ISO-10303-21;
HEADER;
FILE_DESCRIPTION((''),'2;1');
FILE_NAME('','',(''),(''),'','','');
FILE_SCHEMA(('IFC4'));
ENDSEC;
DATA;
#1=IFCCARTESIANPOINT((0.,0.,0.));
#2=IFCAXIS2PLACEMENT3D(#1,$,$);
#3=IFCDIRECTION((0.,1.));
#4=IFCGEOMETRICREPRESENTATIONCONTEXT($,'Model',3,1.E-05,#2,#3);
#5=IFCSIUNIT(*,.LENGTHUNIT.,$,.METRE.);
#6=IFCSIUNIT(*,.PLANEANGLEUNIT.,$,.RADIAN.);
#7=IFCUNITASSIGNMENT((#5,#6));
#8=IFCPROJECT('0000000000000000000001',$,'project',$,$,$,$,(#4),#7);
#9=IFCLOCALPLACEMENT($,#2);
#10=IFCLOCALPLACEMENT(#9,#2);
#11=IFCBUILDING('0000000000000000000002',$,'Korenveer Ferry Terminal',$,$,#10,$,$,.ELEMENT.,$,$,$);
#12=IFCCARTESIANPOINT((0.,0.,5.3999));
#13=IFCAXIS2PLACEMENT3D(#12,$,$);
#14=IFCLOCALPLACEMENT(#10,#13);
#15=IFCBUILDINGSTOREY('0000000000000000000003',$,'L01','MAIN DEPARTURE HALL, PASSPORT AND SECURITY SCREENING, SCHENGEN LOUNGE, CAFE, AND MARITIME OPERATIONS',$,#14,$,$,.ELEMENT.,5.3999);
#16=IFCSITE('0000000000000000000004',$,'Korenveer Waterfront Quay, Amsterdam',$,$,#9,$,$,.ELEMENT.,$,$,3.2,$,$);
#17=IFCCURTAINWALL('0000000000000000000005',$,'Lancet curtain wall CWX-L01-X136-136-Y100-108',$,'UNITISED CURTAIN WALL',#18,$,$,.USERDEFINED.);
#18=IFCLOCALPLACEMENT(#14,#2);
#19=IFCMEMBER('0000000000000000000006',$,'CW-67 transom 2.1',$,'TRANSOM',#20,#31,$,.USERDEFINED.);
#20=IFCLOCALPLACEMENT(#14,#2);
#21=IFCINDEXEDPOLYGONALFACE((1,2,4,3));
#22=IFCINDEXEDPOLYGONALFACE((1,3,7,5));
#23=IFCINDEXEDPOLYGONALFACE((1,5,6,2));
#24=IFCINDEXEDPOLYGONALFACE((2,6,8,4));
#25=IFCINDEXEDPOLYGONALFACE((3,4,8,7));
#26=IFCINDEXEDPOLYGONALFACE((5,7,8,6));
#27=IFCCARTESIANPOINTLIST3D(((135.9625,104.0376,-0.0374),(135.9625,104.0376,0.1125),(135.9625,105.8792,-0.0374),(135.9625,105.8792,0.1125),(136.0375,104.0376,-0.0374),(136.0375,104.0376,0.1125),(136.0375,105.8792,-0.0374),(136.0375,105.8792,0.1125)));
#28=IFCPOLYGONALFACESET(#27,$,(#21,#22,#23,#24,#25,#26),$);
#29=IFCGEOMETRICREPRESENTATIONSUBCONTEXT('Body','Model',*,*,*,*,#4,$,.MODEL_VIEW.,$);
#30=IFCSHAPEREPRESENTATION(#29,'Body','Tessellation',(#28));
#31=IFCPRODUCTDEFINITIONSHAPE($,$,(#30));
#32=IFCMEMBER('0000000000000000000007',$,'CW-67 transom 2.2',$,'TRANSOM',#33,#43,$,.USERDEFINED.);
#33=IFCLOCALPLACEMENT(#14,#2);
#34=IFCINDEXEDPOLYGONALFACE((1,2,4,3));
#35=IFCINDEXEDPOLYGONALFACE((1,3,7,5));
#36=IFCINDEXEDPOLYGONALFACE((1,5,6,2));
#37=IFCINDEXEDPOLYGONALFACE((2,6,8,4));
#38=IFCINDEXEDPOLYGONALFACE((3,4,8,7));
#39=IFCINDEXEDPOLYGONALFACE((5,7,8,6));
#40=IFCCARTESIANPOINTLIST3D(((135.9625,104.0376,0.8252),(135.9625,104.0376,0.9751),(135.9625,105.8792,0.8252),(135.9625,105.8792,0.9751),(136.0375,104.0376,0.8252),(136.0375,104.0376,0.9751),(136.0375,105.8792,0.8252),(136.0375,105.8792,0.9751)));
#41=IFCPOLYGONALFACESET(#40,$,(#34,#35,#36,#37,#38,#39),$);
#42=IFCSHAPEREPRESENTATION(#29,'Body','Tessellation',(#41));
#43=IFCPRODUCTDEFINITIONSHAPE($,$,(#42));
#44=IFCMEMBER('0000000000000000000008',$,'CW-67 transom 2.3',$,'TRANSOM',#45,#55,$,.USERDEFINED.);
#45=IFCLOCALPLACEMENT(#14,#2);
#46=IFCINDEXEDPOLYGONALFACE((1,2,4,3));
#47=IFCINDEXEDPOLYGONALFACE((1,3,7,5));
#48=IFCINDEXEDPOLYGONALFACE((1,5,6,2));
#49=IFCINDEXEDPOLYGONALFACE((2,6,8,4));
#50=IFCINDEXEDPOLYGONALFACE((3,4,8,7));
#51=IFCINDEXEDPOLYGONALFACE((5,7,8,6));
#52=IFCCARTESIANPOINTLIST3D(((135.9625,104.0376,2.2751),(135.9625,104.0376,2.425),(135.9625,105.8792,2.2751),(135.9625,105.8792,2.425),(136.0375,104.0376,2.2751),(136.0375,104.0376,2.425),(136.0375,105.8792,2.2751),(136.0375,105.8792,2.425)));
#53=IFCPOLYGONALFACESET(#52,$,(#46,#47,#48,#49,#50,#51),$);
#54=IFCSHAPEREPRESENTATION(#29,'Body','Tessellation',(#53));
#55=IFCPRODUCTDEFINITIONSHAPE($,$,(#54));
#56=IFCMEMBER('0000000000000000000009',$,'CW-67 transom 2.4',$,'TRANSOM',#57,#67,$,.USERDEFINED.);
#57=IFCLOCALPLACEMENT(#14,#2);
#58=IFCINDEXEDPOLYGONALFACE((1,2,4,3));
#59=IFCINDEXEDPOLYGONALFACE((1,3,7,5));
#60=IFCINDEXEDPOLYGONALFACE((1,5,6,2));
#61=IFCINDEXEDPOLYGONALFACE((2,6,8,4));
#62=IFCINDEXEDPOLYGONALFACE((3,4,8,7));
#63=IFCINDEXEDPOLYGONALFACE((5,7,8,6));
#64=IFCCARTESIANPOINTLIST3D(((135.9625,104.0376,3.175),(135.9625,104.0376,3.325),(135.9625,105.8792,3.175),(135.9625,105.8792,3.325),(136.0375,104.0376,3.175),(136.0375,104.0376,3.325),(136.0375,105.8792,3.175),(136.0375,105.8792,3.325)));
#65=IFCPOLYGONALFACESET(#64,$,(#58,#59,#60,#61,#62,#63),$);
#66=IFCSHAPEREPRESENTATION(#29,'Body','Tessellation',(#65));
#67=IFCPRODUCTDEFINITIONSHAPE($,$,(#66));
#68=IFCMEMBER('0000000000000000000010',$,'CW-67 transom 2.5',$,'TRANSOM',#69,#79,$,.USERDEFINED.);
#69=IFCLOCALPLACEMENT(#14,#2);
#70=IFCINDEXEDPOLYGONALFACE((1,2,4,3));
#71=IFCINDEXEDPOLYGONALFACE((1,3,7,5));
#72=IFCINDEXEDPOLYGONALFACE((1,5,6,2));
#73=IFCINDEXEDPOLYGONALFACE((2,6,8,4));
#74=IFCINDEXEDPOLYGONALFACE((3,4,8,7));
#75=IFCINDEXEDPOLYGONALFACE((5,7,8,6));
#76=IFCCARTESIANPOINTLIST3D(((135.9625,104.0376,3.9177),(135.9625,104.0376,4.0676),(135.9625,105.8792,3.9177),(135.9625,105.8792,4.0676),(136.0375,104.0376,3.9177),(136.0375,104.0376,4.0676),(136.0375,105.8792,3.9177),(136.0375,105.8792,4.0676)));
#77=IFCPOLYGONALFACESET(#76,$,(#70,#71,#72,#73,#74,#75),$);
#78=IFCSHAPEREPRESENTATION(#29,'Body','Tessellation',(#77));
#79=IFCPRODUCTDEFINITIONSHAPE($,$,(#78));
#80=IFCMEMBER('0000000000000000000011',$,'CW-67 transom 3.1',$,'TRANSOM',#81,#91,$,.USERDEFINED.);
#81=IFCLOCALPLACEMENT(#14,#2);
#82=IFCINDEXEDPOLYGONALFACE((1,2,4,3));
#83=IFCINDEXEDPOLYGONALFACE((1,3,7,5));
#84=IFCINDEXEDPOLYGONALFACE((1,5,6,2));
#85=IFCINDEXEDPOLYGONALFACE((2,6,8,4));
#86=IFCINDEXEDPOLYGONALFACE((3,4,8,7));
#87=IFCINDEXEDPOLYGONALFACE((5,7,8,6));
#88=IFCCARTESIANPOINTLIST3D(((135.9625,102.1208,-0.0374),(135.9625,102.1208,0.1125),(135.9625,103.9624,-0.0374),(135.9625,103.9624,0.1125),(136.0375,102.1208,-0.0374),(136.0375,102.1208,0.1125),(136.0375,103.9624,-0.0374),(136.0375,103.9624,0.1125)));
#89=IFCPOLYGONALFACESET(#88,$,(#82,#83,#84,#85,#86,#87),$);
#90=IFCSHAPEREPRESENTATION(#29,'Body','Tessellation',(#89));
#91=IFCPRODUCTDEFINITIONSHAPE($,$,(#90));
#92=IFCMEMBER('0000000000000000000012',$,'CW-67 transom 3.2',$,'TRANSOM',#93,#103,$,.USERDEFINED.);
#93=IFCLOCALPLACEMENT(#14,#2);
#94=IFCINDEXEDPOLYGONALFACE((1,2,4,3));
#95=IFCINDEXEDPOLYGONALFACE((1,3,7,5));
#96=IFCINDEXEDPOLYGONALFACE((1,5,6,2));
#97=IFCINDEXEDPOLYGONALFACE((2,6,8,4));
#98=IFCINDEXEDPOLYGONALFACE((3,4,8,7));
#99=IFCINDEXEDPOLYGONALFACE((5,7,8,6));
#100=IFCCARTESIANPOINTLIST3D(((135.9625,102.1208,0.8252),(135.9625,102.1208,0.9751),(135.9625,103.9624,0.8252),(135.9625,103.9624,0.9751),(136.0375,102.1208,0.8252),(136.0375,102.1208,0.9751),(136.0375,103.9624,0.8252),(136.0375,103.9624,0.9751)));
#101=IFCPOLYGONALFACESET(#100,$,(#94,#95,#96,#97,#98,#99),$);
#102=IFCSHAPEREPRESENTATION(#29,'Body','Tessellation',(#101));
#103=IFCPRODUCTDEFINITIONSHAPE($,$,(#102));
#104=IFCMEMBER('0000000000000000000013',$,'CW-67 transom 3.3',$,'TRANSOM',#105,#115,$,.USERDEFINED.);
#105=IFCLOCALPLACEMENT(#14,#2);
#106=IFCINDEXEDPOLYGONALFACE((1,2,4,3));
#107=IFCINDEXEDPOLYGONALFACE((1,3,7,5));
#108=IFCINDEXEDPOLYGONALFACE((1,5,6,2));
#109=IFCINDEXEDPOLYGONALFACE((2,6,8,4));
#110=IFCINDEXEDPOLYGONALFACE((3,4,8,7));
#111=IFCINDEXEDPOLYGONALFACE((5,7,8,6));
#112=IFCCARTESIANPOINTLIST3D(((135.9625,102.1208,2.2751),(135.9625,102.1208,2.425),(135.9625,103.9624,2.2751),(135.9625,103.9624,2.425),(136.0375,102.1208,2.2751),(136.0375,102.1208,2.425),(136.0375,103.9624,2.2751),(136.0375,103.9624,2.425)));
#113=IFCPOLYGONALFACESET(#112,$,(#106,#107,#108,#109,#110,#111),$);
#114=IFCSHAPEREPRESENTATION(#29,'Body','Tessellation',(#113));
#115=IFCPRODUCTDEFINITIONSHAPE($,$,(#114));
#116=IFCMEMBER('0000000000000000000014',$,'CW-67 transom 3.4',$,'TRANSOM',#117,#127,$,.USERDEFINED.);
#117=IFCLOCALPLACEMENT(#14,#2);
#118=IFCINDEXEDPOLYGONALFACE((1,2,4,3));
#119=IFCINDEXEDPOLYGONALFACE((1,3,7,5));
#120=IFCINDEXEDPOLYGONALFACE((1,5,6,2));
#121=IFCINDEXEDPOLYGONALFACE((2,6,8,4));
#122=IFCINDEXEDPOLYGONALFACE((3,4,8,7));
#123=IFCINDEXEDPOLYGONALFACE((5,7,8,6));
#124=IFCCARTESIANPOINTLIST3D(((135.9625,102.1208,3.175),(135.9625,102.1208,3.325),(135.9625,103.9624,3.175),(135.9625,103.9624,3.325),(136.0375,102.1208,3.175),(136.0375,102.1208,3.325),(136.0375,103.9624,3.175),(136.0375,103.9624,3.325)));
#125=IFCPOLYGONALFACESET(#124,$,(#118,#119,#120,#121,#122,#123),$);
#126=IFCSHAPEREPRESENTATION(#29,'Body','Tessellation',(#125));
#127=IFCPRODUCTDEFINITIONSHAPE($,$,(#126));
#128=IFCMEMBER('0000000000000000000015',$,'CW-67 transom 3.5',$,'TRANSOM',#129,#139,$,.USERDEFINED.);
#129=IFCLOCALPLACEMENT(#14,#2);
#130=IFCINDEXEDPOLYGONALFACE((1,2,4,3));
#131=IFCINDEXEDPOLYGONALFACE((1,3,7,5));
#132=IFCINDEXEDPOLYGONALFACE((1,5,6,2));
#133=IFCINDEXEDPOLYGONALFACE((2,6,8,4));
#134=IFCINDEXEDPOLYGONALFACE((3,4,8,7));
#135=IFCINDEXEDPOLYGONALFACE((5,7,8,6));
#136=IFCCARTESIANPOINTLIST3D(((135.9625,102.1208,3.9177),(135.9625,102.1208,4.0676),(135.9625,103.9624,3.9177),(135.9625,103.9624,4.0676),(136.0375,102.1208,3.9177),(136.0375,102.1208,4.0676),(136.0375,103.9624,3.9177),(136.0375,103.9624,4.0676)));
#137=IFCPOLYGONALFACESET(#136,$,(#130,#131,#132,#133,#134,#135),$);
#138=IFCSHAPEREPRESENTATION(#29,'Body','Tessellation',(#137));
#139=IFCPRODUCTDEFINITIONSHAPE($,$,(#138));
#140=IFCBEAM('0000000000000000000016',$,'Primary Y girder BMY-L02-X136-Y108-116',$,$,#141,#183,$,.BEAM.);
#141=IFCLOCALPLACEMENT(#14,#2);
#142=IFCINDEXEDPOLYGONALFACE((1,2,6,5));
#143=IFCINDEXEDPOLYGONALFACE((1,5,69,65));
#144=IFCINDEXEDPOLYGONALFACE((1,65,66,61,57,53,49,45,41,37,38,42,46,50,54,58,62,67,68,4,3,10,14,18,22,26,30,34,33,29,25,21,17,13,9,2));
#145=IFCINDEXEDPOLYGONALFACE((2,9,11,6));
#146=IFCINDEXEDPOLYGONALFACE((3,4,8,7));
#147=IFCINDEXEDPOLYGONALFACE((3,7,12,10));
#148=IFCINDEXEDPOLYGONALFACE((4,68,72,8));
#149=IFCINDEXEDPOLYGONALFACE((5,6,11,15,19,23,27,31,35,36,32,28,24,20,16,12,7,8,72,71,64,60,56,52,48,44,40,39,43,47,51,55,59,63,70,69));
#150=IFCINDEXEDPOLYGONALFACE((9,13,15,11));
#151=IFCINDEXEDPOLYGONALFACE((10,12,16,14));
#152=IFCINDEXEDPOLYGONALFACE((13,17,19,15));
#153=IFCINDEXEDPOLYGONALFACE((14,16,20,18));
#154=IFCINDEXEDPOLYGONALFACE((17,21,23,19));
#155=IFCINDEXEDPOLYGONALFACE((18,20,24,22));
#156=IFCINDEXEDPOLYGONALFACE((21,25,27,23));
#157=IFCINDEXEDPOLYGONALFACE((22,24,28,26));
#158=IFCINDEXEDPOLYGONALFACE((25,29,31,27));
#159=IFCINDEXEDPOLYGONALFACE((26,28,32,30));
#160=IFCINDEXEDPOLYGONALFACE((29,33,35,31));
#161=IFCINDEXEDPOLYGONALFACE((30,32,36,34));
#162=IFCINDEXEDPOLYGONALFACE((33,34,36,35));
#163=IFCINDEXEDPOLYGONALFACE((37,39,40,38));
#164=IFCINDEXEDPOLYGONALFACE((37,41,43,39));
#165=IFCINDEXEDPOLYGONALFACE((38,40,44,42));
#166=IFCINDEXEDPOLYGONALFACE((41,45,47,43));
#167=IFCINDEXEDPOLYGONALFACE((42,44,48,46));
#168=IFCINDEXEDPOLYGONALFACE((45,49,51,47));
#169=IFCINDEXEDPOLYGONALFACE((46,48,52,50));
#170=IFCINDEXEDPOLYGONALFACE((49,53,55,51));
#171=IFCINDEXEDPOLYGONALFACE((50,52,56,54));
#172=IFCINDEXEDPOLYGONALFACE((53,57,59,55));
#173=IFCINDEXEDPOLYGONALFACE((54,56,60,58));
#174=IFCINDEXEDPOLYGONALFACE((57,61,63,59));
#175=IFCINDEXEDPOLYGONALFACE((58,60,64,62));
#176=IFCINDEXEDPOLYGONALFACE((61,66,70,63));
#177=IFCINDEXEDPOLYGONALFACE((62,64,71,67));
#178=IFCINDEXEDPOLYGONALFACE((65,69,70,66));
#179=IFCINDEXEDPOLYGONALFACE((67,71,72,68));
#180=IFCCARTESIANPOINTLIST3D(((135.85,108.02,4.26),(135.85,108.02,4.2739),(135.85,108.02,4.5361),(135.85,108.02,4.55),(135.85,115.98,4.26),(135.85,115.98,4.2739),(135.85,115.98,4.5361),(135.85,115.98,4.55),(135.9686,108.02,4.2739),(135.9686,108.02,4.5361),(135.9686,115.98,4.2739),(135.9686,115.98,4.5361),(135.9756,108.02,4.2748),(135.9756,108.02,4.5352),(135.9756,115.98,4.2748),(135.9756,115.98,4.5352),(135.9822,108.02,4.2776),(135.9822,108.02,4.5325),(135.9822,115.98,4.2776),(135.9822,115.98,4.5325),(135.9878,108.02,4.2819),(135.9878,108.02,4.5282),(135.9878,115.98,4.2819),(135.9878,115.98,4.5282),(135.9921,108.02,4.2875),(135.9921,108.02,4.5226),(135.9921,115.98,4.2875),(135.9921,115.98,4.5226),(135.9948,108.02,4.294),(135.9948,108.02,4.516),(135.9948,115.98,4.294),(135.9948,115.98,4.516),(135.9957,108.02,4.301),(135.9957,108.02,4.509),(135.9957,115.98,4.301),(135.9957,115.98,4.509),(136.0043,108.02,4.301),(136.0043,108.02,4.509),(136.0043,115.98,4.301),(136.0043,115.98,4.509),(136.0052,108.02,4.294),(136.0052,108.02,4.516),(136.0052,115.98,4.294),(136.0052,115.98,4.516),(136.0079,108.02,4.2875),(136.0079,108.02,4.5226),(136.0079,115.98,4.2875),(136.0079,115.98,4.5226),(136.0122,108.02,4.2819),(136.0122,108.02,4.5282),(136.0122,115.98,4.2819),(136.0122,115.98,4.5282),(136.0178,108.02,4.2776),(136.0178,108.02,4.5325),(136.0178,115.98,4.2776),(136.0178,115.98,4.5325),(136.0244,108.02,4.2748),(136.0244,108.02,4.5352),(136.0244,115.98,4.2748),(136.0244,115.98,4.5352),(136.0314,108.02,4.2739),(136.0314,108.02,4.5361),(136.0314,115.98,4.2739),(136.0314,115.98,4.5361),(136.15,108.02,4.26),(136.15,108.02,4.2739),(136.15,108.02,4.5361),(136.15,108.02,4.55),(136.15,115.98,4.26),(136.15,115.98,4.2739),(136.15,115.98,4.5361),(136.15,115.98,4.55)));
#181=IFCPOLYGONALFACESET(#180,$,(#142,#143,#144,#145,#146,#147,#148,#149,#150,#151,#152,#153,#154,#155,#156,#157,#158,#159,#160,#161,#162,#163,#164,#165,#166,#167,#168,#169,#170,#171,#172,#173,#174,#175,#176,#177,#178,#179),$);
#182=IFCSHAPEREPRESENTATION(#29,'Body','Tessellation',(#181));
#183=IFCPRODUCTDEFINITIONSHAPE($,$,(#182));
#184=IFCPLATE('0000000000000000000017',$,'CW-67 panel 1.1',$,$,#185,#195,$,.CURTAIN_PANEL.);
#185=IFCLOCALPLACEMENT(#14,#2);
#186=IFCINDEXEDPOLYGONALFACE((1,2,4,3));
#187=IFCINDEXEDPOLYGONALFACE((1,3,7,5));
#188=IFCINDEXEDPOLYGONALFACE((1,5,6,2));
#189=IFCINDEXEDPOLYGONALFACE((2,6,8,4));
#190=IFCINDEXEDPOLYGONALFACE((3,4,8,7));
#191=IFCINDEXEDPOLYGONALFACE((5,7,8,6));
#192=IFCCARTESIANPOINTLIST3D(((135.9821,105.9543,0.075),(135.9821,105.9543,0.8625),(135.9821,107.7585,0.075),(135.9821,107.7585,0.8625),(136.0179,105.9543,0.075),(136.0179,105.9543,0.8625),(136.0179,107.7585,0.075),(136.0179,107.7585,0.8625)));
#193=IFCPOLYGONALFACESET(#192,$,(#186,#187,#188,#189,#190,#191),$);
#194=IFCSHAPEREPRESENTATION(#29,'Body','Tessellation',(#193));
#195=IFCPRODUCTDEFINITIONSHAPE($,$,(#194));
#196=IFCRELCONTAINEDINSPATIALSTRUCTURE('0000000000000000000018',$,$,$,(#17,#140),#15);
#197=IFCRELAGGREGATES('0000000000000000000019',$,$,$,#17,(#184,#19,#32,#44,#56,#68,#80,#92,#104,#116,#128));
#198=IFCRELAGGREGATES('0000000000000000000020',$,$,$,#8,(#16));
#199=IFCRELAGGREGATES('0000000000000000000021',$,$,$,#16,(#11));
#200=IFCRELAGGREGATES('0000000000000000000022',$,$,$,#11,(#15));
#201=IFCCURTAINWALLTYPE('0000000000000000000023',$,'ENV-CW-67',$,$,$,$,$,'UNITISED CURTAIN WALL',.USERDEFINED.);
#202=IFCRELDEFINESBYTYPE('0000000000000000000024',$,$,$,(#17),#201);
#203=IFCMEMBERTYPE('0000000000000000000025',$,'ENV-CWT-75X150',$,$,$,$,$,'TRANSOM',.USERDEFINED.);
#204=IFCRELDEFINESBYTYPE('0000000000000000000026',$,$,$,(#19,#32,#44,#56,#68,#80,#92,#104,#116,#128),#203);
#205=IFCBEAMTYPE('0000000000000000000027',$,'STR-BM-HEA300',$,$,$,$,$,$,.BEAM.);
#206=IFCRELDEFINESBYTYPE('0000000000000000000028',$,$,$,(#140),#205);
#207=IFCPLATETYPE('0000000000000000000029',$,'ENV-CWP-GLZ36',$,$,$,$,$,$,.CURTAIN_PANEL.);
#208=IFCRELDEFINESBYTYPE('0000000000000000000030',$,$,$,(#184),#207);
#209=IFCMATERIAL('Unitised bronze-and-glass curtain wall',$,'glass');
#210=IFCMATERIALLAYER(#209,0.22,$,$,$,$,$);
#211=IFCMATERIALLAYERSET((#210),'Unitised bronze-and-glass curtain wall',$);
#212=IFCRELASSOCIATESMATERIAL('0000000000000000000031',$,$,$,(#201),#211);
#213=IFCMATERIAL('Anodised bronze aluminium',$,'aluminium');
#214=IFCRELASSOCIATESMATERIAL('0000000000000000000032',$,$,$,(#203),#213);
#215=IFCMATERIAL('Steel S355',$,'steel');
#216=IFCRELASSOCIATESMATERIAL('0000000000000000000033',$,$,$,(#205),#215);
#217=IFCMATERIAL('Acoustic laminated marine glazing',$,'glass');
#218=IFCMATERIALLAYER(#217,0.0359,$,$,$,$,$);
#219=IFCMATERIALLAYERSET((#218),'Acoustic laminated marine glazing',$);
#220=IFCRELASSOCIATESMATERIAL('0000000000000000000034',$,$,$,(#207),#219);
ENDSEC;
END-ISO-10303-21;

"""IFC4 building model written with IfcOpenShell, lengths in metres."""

from ifc_helpers import new_model, si_unit, direction, frame, origin, origin_2d, place, context, subcontext, project, spatial, rectangle, i_section, extrude, material, layer, layer_set, material_profile, profile_set, type_object, element, aggregate, save


model = new_model("IFC4")

# Units and contexts
model_context = context("Model", 3, precision=1e-05, world=origin(), true_north=direction((0.0, 1.0)))
body_context = subcontext(model_context, "Body", "Model", "MODEL_VIEW")
ifc_project = project(units=[si_unit("LENGTHUNIT", "METRE"), si_unit("PLANEANGLEUNIT", "RADIAN")], contexts=[model_context])

# Site, building, storey
site_placement = place(None, origin())
site = spatial("IfcSite", under=ifc_project, at=site_placement, Name="Korenveer Waterfront Quay, Amsterdam", CompositionType="ELEMENT", RefElevation=3.2)
building_placement = place(site_placement, origin())
building = spatial("IfcBuilding", under=site, at=building_placement, Name="Korenveer Ferry Terminal", CompositionType="ELEMENT")
storey_placement = place(building_placement, frame((0.0, 0.0, 5.3999)))
storey = spatial("IfcBuildingStorey", under=building, at=storey_placement, Name="L01", Description="MAIN DEPARTURE HALL, PASSPORT AND SECURITY SCREENING, SCHENGEN LOUNGE, CAFE, AND MARITIME OPERATIONS", CompositionType="ELEMENT", Elevation=5.3999)

# Shared definitions
ifc_material_1 = material(Name="Steel S355", Category="steel")

# Curtain wall
ifc_material_2 = material(Name="Unitised bronze-and-glass curtain wall", Category="glass")
ifc_layer_1 = layer(ifc_material_2, 0.22)
ifc_layer_set_1 = layer_set([ifc_layer_1], Name="Unitised bronze-and-glass curtain wall")
curtain_wall_type_1 = type_object("IfcCurtainWallType", Name="ENV-CW-67", ElementType="UNITISED CURTAIN WALL", PredefinedType="USERDEFINED", material=ifc_layer_set_1)
curtain_wall_1_placement = place(storey_placement, frame((136.0, 107.8335, 0.0)))
curtain_wall_1 = element("IfcCurtainWall", 1, at=curtain_wall_1_placement, inside=storey, type_object=curtain_wall_type_1, Name="Lancet curtain wall CWX-L01-X136-136-Y100-108", ObjectType="UNITISED CURTAIN WALL", PredefinedType="USERDEFINED")
ifc_material_3 = material(Name="Anodised bronze aluminium", Category="aluminium")

# Shared definitions
ifc_material_profile_1 = material_profile(ifc_material_3, rectangle(XDim=0.075, YDim=0.1499, at=origin_2d()), Name="ALU 75x150")
ifc_profile_set_1 = profile_set([ifc_material_profile_1], Name="Anodised bronze aluminium")
member_type_1 = type_object("IfcMemberType", Name="ENV-CWT-75X150", ElementType="TRANSOM", PredefinedType="USERDEFINED", material=ifc_profile_set_1)

# Members
member_1_placement = place(storey_placement, frame((136.0, 105.8792, 0.0376), z_axis=(0.0, -1.0, 0.0), x_axis=(1.0, 0.0, 0.0)))
member_1 = element("IfcMember", 2, at=member_1_placement, type_object=member_type_1, Name="CW-67 transom 2.1", ObjectType="TRANSOM", PredefinedType="USERDEFINED", context=body_context, shape_type="SweptSolid", body=[
    extrude(rectangle(XDim=0.075, YDim=0.1499, at=origin_2d()), origin(), (0.0, 0.0, 1.0), 1.8416),
])
member_2_placement = place(storey_placement, frame((136.0, 105.8792, 0.9001), z_axis=(0.0, -1.0, 0.0), x_axis=(1.0, 0.0, 0.0)))
member_2 = element("IfcMember", 3, at=member_2_placement, type_object=member_type_1, Name="CW-67 transom 2.2", ObjectType="TRANSOM", PredefinedType="USERDEFINED", context=body_context, shape_type="SweptSolid", body=[
    extrude(rectangle(XDim=0.075, YDim=0.1499, at=origin_2d()), origin(), (0.0, 0.0, 1.0), 1.8416),
])
member_3_placement = place(storey_placement, frame((136.0, 105.8792, 2.3501), z_axis=(0.0, -1.0, 0.0), x_axis=(1.0, 0.0, 0.0)))
member_3 = element("IfcMember", 4, at=member_3_placement, type_object=member_type_1, Name="CW-67 transom 2.3", ObjectType="TRANSOM", PredefinedType="USERDEFINED", context=body_context, shape_type="SweptSolid", body=[
    extrude(rectangle(XDim=0.075, YDim=0.1499, at=origin_2d()), origin(), (0.0, 0.0, 1.0), 1.8416),
])
member_4_placement = place(storey_placement, frame((136.0, 105.8792, 3.25), z_axis=(0.0, -1.0, 0.0), x_axis=(1.0, 0.0, 0.0)))
member_4 = element("IfcMember", 5, at=member_4_placement, type_object=member_type_1, Name="CW-67 transom 2.4", ObjectType="TRANSOM", PredefinedType="USERDEFINED", context=body_context, shape_type="SweptSolid", body=[
    extrude(rectangle(XDim=0.075, YDim=0.1499, at=origin_2d()), origin(), (0.0, 0.0, 1.0), 1.8416),
])
member_5_placement = place(storey_placement, frame((136.0, 105.8792, 3.9927), z_axis=(0.0, -1.0, 0.0), x_axis=(1.0, 0.0, 0.0)))
member_5 = element("IfcMember", 6, at=member_5_placement, type_object=member_type_1, Name="CW-67 transom 2.5", ObjectType="TRANSOM", PredefinedType="USERDEFINED", context=body_context, shape_type="SweptSolid", body=[
    extrude(rectangle(XDim=0.075, YDim=0.1499, at=origin_2d()), origin(), (0.0, 0.0, 1.0), 1.8416),
])
member_6_placement = place(storey_placement, frame((136.0, 103.9624, 0.0376), z_axis=(0.0, -1.0, 0.0), x_axis=(1.0, 0.0, 0.0)))
member_6 = element("IfcMember", 7, at=member_6_placement, type_object=member_type_1, Name="CW-67 transom 3.1", ObjectType="TRANSOM", PredefinedType="USERDEFINED", context=body_context, shape_type="SweptSolid", body=[
    extrude(rectangle(XDim=0.075, YDim=0.1499, at=origin_2d()), origin(), (0.0, 0.0, 1.0), 1.8416),
])
member_7_placement = place(storey_placement, frame((136.0, 103.9624, 0.9001), z_axis=(0.0, -1.0, 0.0), x_axis=(1.0, 0.0, 0.0)))
member_7 = element("IfcMember", 8, at=member_7_placement, type_object=member_type_1, Name="CW-67 transom 3.2", ObjectType="TRANSOM", PredefinedType="USERDEFINED", context=body_context, shape_type="SweptSolid", body=[
    extrude(rectangle(XDim=0.075, YDim=0.1499, at=origin_2d()), origin(), (0.0, 0.0, 1.0), 1.8416),
])
member_8_placement = place(storey_placement, frame((136.0, 103.9624, 2.3501), z_axis=(0.0, -1.0, 0.0), x_axis=(1.0, 0.0, 0.0)))
member_8 = element("IfcMember", 9, at=member_8_placement, type_object=member_type_1, Name="CW-67 transom 3.3", ObjectType="TRANSOM", PredefinedType="USERDEFINED", context=body_context, shape_type="SweptSolid", body=[
    extrude(rectangle(XDim=0.075, YDim=0.1499, at=origin_2d()), origin(), (0.0, 0.0, 1.0), 1.8416),
])
member_9_placement = place(storey_placement, frame((136.0, 103.9624, 3.25), z_axis=(0.0, -1.0, 0.0), x_axis=(1.0, 0.0, 0.0)))
member_9 = element("IfcMember", 10, at=member_9_placement, type_object=member_type_1, Name="CW-67 transom 3.4", ObjectType="TRANSOM", PredefinedType="USERDEFINED", context=body_context, shape_type="SweptSolid", body=[
    extrude(rectangle(XDim=0.075, YDim=0.1499, at=origin_2d()), origin(), (0.0, 0.0, 1.0), 1.8416),
])
member_10_placement = place(storey_placement, frame((136.0, 103.9624, 3.9927), z_axis=(0.0, -1.0, 0.0), x_axis=(1.0, 0.0, 0.0)))
member_10 = element("IfcMember", 11, at=member_10_placement, type_object=member_type_1, Name="CW-67 transom 3.5", ObjectType="TRANSOM", PredefinedType="USERDEFINED", context=body_context, shape_type="SweptSolid", body=[
    extrude(rectangle(XDim=0.075, YDim=0.1499, at=origin_2d()), origin(), (0.0, 0.0, 1.0), 1.8416),
])

# Beam
ifc_material_profile_2 = material_profile(ifc_material_1, i_section(OverallWidth=0.3, OverallDepth=0.29, WebThickness=0.0085, FlangeThickness=0.0139, FilletRadius=0.0271, at=origin_2d()), Name="HEA 300")
ifc_profile_set_2 = profile_set([ifc_material_profile_2], Name="Steel S355")
beam_type = type_object("IfcBeamType", Name="STR-BM-HEA300", PredefinedType="BEAM", material=ifc_profile_set_2)
beam_placement = place(storey_placement, frame((136.0, 108.02, 4.405), z_axis=(0.0, 1.0, 0.0), x_axis=(-1.0, 0.0, 0.0)))
element("IfcBeam", 12, at=beam_placement, inside=storey, type_object=beam_type, Name="Primary Y girder BMY-L02-X136-Y108-116", PredefinedType="BEAM", context=body_context, shape_type="SweptSolid", body=[
    extrude(i_section(OverallWidth=0.3, OverallDepth=0.29, WebThickness=0.0085, FlangeThickness=0.0139, FilletRadius=0.0271, at=origin_2d()), origin(), (0.0, 0.0, 1.0), 7.96),
])

# Plate
ifc_material_4 = material(Name="Acoustic laminated marine glazing", Category="glass")
ifc_layer_2 = layer(ifc_material_4, 0.0359)
ifc_layer_set_2 = layer_set([ifc_layer_2], Name="Acoustic laminated marine glazing")
plate_type = type_object("IfcPlateType", Name="ENV-CWP-GLZ36", PredefinedType="CURTAIN_PANEL", material=ifc_layer_set_2)
plate_1_placement = place(storey_placement, frame((136.0, 106.8564, 0.075), z_axis=(0.0, 0.0, 1.0), x_axis=(0.0, -1.0, 0.0)))
plate_1 = element("IfcPlate", 13, at=plate_1_placement, type_object=plate_type, Name="CW-67 panel 1.1", PredefinedType="CURTAIN_PANEL", context=body_context, shape_type="SweptSolid", body=[
    extrude(rectangle(XDim=1.8042, YDim=0.0359, at=origin_2d()), origin(), (0.0, 0.0, 1.0), 0.7876),
])
aggregate(curtain_wall_1, [plate_1, member_1, member_2, member_3, member_4, member_5, member_6, member_7, member_8, member_9, member_10])

save(model, "model.ifc")
